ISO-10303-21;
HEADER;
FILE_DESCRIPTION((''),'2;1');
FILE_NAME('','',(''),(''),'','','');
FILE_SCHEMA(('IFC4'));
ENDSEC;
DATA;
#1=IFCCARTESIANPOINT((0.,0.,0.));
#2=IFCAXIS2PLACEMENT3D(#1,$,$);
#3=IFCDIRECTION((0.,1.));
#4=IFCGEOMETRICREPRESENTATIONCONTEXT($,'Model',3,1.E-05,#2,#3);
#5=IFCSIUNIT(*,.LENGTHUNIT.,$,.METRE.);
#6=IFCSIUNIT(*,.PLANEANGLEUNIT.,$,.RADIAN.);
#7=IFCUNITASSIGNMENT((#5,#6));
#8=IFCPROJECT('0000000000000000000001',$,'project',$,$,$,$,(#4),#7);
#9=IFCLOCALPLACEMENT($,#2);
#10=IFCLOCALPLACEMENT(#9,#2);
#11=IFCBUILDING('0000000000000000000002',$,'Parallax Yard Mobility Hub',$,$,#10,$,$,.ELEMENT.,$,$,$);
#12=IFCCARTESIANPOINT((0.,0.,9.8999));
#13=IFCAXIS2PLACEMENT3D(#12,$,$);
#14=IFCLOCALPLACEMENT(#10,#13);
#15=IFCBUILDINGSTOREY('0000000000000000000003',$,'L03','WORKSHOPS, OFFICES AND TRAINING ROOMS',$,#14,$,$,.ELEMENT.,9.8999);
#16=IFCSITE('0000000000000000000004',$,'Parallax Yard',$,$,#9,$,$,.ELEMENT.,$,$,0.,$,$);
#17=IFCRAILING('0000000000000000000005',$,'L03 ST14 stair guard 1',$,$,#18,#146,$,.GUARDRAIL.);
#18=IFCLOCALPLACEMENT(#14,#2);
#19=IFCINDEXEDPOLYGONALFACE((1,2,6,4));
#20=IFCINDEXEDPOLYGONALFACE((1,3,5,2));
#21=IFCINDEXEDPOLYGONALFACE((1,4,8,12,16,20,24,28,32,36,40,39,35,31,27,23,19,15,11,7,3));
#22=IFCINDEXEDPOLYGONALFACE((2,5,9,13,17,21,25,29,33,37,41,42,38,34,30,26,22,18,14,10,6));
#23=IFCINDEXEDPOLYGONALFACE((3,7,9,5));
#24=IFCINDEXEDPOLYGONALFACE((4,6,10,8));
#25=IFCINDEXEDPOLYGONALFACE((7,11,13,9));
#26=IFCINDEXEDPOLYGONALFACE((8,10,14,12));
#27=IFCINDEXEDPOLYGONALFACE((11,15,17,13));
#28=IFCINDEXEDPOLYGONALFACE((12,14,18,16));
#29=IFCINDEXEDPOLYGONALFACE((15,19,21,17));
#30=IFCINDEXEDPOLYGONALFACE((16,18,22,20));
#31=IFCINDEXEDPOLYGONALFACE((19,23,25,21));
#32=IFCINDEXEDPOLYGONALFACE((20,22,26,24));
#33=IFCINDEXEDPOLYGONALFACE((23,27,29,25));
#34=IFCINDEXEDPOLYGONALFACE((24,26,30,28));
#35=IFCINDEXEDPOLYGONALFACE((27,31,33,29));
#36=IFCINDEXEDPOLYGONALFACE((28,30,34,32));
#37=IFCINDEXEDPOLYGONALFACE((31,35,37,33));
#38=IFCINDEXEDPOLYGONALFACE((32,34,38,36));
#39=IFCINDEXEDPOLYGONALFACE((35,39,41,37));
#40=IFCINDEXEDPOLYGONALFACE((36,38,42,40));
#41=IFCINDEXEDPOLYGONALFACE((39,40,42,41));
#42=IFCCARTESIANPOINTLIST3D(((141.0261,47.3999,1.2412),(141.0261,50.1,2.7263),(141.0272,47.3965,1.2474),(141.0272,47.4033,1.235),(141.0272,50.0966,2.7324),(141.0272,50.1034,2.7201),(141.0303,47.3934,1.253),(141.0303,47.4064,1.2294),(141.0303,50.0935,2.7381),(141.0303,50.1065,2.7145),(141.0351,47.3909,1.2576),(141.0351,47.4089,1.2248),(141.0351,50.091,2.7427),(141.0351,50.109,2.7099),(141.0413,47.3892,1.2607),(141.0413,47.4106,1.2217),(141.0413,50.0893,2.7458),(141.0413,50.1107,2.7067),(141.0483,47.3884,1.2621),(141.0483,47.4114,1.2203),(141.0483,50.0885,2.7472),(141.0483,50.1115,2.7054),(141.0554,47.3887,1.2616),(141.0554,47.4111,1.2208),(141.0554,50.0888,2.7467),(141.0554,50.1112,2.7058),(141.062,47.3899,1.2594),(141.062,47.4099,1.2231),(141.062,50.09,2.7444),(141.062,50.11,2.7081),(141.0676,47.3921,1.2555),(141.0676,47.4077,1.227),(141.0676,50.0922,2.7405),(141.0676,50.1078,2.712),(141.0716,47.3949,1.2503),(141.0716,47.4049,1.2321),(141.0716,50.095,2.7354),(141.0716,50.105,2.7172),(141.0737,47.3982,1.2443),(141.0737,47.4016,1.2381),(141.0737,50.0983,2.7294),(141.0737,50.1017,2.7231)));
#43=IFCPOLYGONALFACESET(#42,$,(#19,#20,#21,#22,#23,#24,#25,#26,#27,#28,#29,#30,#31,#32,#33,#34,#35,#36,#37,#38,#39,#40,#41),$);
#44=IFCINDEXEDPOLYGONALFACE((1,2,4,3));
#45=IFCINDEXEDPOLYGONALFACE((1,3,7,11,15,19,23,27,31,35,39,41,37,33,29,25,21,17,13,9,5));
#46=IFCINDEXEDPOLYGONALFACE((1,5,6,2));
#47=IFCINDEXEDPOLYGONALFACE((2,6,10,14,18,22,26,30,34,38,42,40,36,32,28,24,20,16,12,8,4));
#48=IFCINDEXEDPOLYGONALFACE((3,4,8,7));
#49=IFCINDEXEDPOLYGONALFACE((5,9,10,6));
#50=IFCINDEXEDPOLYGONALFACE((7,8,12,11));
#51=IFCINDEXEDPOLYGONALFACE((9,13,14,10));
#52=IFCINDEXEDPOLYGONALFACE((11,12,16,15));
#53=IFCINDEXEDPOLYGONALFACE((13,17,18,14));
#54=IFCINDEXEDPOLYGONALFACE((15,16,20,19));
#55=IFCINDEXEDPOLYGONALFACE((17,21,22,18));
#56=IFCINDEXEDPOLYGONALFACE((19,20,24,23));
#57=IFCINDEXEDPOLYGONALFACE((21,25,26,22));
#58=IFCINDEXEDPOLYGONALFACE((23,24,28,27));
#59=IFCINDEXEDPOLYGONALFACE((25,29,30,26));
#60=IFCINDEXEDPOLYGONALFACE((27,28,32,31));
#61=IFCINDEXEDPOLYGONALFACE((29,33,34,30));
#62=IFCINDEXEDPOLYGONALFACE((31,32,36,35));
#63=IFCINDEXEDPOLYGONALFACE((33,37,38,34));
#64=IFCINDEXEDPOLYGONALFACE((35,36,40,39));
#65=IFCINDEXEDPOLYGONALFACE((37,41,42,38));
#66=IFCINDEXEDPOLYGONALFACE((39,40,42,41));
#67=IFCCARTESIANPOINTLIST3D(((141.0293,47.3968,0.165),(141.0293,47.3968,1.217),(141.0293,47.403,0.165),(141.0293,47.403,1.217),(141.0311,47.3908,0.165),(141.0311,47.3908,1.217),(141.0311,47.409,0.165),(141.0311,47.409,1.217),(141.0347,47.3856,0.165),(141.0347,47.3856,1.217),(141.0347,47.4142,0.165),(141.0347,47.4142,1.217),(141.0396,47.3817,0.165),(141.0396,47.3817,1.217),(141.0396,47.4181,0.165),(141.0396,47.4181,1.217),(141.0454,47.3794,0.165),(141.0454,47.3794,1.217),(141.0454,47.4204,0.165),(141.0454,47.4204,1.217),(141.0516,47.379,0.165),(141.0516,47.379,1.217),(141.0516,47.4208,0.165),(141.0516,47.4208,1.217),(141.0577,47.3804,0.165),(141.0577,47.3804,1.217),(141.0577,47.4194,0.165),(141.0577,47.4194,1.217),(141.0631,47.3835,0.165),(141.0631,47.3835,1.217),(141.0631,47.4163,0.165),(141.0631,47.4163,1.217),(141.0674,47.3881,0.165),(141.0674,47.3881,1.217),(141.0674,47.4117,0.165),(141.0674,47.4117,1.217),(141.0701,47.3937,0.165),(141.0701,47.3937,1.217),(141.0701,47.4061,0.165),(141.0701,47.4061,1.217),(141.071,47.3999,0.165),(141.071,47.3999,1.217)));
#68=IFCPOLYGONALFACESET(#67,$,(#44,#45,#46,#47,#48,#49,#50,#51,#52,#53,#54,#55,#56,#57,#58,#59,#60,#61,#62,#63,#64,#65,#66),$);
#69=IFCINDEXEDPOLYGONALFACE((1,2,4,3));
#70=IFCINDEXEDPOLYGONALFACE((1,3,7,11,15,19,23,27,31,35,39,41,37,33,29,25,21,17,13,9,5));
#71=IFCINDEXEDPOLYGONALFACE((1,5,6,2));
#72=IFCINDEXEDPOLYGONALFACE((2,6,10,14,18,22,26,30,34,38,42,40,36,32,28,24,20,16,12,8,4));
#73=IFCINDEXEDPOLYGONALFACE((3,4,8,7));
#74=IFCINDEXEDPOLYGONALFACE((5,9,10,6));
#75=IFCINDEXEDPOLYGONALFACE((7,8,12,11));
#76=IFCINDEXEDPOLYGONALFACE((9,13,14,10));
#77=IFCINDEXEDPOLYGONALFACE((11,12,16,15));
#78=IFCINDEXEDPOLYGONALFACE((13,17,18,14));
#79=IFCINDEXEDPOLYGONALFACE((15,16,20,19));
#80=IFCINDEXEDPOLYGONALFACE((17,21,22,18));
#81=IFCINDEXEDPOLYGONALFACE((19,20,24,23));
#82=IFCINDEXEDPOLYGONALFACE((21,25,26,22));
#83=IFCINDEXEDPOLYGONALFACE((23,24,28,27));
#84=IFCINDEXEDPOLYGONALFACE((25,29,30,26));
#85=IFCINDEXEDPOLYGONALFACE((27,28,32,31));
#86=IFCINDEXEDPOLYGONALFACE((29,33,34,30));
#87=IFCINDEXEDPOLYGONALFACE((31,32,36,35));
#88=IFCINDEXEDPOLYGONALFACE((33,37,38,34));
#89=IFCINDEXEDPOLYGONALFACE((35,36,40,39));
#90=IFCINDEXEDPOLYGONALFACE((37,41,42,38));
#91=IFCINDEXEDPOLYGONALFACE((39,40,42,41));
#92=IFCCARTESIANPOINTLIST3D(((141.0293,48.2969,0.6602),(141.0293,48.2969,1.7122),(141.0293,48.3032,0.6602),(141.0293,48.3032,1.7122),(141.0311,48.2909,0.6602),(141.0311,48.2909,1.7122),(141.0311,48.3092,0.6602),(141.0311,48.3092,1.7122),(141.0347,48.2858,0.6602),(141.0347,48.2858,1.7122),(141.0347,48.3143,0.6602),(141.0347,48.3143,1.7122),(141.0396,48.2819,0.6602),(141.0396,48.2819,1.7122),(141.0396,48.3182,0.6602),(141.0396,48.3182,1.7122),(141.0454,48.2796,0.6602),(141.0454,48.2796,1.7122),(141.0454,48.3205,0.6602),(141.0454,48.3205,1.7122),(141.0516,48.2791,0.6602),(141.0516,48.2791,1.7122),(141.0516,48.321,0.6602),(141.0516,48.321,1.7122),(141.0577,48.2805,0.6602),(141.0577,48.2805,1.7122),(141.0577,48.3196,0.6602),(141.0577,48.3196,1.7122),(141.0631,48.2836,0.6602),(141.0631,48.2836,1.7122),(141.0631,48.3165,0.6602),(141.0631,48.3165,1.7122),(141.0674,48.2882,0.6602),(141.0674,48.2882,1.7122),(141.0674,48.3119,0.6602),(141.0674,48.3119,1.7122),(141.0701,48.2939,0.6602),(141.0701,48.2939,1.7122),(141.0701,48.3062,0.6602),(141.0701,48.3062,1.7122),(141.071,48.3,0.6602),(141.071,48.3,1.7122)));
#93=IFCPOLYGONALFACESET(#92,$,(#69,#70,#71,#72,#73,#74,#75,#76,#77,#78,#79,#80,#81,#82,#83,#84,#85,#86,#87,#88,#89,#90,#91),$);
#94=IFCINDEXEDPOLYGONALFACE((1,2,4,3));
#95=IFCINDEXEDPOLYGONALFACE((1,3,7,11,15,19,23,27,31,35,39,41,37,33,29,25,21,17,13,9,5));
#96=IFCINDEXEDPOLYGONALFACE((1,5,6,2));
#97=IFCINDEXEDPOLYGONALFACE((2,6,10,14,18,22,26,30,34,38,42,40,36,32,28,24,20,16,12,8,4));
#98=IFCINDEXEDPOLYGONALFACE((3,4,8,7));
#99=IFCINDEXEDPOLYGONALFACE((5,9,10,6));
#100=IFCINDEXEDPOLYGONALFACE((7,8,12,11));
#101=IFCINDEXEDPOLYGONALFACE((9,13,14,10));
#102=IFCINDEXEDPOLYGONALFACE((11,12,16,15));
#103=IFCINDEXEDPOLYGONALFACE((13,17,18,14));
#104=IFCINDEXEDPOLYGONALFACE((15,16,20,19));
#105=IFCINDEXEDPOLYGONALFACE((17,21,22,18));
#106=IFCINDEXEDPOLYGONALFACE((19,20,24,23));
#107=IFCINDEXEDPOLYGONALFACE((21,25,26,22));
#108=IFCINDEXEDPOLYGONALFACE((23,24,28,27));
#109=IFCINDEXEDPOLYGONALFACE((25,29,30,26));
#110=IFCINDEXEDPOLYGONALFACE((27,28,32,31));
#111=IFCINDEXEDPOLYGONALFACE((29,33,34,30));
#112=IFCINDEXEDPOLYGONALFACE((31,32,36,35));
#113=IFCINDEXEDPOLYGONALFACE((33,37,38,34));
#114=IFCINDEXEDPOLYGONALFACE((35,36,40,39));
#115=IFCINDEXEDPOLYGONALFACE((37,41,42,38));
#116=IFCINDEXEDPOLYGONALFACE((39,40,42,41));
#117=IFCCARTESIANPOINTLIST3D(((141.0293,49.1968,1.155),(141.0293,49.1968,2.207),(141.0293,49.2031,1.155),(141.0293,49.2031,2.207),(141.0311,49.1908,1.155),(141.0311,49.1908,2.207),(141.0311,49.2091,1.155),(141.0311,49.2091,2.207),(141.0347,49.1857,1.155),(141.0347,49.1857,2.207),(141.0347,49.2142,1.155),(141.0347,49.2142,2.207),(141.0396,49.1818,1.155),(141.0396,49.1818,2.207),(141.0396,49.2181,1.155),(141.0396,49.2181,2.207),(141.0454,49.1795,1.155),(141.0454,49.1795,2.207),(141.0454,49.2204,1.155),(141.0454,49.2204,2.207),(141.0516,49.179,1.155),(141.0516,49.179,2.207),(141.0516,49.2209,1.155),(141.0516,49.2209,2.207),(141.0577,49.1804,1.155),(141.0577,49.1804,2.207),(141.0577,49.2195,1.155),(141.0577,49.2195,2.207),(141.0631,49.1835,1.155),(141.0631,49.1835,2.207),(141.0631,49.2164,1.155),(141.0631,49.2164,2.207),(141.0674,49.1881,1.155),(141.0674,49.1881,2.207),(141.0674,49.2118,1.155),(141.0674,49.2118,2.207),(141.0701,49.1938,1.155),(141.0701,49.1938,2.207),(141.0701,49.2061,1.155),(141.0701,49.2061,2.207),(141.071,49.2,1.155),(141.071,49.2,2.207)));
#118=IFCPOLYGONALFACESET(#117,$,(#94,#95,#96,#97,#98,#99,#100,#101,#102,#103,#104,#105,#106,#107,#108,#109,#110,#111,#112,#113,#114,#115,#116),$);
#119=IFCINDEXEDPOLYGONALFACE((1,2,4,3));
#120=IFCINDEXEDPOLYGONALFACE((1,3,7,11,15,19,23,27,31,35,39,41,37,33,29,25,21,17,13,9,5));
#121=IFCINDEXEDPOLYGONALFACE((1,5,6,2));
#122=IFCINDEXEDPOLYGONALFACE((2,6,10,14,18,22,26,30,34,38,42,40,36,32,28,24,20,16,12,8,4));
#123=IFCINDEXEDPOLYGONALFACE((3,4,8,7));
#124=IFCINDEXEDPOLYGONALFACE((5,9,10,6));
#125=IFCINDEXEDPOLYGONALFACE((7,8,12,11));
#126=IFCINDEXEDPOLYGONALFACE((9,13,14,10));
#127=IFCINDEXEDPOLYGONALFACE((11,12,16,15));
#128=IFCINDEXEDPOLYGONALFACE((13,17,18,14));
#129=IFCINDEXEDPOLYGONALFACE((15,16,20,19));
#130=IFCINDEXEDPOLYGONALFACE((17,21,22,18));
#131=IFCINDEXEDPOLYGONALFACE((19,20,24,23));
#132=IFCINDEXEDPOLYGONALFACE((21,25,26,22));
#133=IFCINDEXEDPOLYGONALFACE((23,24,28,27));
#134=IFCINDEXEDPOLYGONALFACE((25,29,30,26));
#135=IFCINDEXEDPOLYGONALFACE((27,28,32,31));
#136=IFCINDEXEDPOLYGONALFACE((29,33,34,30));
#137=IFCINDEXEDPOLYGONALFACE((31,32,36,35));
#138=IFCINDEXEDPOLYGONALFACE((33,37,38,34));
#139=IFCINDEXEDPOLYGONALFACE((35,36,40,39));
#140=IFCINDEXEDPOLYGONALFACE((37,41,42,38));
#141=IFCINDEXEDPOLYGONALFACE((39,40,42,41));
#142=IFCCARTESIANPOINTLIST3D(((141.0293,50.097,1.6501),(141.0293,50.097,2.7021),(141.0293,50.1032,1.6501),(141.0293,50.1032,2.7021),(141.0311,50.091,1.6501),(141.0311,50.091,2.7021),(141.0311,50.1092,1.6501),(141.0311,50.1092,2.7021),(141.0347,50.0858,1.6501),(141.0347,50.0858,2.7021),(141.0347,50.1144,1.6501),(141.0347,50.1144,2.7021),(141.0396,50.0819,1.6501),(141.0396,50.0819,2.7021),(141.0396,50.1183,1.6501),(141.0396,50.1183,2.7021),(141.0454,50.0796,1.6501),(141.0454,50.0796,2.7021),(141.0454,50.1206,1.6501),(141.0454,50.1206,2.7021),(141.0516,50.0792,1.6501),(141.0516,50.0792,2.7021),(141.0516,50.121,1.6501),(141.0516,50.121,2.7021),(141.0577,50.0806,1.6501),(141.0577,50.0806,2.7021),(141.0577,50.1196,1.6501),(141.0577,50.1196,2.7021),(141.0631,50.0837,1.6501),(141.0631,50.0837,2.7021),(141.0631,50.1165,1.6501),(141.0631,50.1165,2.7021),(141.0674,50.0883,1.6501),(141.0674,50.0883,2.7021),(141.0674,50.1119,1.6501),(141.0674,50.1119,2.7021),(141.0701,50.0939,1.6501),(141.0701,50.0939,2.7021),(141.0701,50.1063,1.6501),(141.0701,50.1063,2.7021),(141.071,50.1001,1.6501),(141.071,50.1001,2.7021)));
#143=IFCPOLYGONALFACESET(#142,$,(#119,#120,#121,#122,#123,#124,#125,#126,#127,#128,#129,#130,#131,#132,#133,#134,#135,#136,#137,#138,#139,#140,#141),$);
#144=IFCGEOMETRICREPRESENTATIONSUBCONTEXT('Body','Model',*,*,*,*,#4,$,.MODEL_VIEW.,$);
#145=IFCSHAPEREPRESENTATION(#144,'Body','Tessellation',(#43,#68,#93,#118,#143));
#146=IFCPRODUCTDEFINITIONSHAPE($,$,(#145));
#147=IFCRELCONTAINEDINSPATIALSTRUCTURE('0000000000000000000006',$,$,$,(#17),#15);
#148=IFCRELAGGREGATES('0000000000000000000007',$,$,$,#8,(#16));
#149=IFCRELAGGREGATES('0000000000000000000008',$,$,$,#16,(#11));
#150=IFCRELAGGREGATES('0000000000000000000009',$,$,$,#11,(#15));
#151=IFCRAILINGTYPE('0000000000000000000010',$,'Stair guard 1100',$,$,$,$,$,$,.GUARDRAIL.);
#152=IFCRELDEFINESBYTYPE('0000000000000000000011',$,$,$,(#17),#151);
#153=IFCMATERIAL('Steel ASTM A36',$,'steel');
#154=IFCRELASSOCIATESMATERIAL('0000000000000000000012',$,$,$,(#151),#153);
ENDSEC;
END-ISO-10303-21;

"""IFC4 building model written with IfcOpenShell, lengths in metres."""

from ifc_helpers import new_model, si_unit, direction, frame, origin, origin_2d, place, context, subcontext, project, spatial, circle, extrude, material, type_object, element, save


model = new_model("IFC4")

# Units and contexts
model_context = context("Model", 3, precision=1e-05, world=origin(), true_north=direction((0.0, 1.0)))
body_context = subcontext(model_context, "Body", "Model", "MODEL_VIEW")
ifc_project = project(units=[si_unit("LENGTHUNIT", "METRE"), si_unit("PLANEANGLEUNIT", "RADIAN")], contexts=[model_context])

# Site, building, storey
site_placement = place(None, origin())
site = spatial("IfcSite", under=ifc_project, at=site_placement, Name="Parallax Yard", CompositionType="ELEMENT", RefElevation=0.0)
building_placement = place(site_placement, origin())
building = spatial("IfcBuilding", under=site, at=building_placement, Name="Parallax Yard Mobility Hub", CompositionType="ELEMENT")
storey_placement = place(building_placement, frame((0.0, 0.0, 9.8999)))
storey = spatial("IfcBuildingStorey", under=building, at=storey_placement, Name="L03", Description="WORKSHOPS, OFFICES AND TRAINING ROOMS", CompositionType="ELEMENT", Elevation=9.8999)

# Railing
ifc_material_1 = material(Name="Steel ASTM A36", Category="steel")
railing_type_1 = type_object("IfcRailingType", Name="Stair guard 1100", PredefinedType="GUARDRAIL", material=ifc_material_1)
for number, where, name in (
    (1, (141.05, 47.3999, 0.165), "L03 ST14 stair guard 1"),
):
    element("IfcRailing", number, at=place(storey_placement, frame(where)), inside=storey, type_object=railing_type_1, Name=name, PredefinedType="GUARDRAIL", context=body_context, shape_type="SweptSolid", body=[
        extrude(circle(Radius=0.0239, at=origin_2d()), frame((0.0, 0.0, 1.0762), z_axis=(0.0, 0.876216, 0.481919), x_axis=(-1.0, 0.0, 0.0)), (0.0, 0.0, 1.0), 3.0815),
        extrude(circle(Radius=0.021, at=origin_2d()), origin(), (0.0, 0.0, 1.0), 1.052),
        extrude(circle(Radius=0.021, at=origin_2d()), frame((0.0, 0.9001, 0.4951)), (0.0, 0.0, 1.0), 1.052),
        extrude(circle(Radius=0.021, at=origin_2d()), frame((0.0, 1.8, 0.99)), (0.0, 0.0, 1.0), 1.052),
        extrude(circle(Radius=0.021, at=origin_2d()), frame((0.0, 2.7002, 1.4851)), (0.0, 0.0, 1.0), 1.052),
    ])

save(model, "model.ifc")
